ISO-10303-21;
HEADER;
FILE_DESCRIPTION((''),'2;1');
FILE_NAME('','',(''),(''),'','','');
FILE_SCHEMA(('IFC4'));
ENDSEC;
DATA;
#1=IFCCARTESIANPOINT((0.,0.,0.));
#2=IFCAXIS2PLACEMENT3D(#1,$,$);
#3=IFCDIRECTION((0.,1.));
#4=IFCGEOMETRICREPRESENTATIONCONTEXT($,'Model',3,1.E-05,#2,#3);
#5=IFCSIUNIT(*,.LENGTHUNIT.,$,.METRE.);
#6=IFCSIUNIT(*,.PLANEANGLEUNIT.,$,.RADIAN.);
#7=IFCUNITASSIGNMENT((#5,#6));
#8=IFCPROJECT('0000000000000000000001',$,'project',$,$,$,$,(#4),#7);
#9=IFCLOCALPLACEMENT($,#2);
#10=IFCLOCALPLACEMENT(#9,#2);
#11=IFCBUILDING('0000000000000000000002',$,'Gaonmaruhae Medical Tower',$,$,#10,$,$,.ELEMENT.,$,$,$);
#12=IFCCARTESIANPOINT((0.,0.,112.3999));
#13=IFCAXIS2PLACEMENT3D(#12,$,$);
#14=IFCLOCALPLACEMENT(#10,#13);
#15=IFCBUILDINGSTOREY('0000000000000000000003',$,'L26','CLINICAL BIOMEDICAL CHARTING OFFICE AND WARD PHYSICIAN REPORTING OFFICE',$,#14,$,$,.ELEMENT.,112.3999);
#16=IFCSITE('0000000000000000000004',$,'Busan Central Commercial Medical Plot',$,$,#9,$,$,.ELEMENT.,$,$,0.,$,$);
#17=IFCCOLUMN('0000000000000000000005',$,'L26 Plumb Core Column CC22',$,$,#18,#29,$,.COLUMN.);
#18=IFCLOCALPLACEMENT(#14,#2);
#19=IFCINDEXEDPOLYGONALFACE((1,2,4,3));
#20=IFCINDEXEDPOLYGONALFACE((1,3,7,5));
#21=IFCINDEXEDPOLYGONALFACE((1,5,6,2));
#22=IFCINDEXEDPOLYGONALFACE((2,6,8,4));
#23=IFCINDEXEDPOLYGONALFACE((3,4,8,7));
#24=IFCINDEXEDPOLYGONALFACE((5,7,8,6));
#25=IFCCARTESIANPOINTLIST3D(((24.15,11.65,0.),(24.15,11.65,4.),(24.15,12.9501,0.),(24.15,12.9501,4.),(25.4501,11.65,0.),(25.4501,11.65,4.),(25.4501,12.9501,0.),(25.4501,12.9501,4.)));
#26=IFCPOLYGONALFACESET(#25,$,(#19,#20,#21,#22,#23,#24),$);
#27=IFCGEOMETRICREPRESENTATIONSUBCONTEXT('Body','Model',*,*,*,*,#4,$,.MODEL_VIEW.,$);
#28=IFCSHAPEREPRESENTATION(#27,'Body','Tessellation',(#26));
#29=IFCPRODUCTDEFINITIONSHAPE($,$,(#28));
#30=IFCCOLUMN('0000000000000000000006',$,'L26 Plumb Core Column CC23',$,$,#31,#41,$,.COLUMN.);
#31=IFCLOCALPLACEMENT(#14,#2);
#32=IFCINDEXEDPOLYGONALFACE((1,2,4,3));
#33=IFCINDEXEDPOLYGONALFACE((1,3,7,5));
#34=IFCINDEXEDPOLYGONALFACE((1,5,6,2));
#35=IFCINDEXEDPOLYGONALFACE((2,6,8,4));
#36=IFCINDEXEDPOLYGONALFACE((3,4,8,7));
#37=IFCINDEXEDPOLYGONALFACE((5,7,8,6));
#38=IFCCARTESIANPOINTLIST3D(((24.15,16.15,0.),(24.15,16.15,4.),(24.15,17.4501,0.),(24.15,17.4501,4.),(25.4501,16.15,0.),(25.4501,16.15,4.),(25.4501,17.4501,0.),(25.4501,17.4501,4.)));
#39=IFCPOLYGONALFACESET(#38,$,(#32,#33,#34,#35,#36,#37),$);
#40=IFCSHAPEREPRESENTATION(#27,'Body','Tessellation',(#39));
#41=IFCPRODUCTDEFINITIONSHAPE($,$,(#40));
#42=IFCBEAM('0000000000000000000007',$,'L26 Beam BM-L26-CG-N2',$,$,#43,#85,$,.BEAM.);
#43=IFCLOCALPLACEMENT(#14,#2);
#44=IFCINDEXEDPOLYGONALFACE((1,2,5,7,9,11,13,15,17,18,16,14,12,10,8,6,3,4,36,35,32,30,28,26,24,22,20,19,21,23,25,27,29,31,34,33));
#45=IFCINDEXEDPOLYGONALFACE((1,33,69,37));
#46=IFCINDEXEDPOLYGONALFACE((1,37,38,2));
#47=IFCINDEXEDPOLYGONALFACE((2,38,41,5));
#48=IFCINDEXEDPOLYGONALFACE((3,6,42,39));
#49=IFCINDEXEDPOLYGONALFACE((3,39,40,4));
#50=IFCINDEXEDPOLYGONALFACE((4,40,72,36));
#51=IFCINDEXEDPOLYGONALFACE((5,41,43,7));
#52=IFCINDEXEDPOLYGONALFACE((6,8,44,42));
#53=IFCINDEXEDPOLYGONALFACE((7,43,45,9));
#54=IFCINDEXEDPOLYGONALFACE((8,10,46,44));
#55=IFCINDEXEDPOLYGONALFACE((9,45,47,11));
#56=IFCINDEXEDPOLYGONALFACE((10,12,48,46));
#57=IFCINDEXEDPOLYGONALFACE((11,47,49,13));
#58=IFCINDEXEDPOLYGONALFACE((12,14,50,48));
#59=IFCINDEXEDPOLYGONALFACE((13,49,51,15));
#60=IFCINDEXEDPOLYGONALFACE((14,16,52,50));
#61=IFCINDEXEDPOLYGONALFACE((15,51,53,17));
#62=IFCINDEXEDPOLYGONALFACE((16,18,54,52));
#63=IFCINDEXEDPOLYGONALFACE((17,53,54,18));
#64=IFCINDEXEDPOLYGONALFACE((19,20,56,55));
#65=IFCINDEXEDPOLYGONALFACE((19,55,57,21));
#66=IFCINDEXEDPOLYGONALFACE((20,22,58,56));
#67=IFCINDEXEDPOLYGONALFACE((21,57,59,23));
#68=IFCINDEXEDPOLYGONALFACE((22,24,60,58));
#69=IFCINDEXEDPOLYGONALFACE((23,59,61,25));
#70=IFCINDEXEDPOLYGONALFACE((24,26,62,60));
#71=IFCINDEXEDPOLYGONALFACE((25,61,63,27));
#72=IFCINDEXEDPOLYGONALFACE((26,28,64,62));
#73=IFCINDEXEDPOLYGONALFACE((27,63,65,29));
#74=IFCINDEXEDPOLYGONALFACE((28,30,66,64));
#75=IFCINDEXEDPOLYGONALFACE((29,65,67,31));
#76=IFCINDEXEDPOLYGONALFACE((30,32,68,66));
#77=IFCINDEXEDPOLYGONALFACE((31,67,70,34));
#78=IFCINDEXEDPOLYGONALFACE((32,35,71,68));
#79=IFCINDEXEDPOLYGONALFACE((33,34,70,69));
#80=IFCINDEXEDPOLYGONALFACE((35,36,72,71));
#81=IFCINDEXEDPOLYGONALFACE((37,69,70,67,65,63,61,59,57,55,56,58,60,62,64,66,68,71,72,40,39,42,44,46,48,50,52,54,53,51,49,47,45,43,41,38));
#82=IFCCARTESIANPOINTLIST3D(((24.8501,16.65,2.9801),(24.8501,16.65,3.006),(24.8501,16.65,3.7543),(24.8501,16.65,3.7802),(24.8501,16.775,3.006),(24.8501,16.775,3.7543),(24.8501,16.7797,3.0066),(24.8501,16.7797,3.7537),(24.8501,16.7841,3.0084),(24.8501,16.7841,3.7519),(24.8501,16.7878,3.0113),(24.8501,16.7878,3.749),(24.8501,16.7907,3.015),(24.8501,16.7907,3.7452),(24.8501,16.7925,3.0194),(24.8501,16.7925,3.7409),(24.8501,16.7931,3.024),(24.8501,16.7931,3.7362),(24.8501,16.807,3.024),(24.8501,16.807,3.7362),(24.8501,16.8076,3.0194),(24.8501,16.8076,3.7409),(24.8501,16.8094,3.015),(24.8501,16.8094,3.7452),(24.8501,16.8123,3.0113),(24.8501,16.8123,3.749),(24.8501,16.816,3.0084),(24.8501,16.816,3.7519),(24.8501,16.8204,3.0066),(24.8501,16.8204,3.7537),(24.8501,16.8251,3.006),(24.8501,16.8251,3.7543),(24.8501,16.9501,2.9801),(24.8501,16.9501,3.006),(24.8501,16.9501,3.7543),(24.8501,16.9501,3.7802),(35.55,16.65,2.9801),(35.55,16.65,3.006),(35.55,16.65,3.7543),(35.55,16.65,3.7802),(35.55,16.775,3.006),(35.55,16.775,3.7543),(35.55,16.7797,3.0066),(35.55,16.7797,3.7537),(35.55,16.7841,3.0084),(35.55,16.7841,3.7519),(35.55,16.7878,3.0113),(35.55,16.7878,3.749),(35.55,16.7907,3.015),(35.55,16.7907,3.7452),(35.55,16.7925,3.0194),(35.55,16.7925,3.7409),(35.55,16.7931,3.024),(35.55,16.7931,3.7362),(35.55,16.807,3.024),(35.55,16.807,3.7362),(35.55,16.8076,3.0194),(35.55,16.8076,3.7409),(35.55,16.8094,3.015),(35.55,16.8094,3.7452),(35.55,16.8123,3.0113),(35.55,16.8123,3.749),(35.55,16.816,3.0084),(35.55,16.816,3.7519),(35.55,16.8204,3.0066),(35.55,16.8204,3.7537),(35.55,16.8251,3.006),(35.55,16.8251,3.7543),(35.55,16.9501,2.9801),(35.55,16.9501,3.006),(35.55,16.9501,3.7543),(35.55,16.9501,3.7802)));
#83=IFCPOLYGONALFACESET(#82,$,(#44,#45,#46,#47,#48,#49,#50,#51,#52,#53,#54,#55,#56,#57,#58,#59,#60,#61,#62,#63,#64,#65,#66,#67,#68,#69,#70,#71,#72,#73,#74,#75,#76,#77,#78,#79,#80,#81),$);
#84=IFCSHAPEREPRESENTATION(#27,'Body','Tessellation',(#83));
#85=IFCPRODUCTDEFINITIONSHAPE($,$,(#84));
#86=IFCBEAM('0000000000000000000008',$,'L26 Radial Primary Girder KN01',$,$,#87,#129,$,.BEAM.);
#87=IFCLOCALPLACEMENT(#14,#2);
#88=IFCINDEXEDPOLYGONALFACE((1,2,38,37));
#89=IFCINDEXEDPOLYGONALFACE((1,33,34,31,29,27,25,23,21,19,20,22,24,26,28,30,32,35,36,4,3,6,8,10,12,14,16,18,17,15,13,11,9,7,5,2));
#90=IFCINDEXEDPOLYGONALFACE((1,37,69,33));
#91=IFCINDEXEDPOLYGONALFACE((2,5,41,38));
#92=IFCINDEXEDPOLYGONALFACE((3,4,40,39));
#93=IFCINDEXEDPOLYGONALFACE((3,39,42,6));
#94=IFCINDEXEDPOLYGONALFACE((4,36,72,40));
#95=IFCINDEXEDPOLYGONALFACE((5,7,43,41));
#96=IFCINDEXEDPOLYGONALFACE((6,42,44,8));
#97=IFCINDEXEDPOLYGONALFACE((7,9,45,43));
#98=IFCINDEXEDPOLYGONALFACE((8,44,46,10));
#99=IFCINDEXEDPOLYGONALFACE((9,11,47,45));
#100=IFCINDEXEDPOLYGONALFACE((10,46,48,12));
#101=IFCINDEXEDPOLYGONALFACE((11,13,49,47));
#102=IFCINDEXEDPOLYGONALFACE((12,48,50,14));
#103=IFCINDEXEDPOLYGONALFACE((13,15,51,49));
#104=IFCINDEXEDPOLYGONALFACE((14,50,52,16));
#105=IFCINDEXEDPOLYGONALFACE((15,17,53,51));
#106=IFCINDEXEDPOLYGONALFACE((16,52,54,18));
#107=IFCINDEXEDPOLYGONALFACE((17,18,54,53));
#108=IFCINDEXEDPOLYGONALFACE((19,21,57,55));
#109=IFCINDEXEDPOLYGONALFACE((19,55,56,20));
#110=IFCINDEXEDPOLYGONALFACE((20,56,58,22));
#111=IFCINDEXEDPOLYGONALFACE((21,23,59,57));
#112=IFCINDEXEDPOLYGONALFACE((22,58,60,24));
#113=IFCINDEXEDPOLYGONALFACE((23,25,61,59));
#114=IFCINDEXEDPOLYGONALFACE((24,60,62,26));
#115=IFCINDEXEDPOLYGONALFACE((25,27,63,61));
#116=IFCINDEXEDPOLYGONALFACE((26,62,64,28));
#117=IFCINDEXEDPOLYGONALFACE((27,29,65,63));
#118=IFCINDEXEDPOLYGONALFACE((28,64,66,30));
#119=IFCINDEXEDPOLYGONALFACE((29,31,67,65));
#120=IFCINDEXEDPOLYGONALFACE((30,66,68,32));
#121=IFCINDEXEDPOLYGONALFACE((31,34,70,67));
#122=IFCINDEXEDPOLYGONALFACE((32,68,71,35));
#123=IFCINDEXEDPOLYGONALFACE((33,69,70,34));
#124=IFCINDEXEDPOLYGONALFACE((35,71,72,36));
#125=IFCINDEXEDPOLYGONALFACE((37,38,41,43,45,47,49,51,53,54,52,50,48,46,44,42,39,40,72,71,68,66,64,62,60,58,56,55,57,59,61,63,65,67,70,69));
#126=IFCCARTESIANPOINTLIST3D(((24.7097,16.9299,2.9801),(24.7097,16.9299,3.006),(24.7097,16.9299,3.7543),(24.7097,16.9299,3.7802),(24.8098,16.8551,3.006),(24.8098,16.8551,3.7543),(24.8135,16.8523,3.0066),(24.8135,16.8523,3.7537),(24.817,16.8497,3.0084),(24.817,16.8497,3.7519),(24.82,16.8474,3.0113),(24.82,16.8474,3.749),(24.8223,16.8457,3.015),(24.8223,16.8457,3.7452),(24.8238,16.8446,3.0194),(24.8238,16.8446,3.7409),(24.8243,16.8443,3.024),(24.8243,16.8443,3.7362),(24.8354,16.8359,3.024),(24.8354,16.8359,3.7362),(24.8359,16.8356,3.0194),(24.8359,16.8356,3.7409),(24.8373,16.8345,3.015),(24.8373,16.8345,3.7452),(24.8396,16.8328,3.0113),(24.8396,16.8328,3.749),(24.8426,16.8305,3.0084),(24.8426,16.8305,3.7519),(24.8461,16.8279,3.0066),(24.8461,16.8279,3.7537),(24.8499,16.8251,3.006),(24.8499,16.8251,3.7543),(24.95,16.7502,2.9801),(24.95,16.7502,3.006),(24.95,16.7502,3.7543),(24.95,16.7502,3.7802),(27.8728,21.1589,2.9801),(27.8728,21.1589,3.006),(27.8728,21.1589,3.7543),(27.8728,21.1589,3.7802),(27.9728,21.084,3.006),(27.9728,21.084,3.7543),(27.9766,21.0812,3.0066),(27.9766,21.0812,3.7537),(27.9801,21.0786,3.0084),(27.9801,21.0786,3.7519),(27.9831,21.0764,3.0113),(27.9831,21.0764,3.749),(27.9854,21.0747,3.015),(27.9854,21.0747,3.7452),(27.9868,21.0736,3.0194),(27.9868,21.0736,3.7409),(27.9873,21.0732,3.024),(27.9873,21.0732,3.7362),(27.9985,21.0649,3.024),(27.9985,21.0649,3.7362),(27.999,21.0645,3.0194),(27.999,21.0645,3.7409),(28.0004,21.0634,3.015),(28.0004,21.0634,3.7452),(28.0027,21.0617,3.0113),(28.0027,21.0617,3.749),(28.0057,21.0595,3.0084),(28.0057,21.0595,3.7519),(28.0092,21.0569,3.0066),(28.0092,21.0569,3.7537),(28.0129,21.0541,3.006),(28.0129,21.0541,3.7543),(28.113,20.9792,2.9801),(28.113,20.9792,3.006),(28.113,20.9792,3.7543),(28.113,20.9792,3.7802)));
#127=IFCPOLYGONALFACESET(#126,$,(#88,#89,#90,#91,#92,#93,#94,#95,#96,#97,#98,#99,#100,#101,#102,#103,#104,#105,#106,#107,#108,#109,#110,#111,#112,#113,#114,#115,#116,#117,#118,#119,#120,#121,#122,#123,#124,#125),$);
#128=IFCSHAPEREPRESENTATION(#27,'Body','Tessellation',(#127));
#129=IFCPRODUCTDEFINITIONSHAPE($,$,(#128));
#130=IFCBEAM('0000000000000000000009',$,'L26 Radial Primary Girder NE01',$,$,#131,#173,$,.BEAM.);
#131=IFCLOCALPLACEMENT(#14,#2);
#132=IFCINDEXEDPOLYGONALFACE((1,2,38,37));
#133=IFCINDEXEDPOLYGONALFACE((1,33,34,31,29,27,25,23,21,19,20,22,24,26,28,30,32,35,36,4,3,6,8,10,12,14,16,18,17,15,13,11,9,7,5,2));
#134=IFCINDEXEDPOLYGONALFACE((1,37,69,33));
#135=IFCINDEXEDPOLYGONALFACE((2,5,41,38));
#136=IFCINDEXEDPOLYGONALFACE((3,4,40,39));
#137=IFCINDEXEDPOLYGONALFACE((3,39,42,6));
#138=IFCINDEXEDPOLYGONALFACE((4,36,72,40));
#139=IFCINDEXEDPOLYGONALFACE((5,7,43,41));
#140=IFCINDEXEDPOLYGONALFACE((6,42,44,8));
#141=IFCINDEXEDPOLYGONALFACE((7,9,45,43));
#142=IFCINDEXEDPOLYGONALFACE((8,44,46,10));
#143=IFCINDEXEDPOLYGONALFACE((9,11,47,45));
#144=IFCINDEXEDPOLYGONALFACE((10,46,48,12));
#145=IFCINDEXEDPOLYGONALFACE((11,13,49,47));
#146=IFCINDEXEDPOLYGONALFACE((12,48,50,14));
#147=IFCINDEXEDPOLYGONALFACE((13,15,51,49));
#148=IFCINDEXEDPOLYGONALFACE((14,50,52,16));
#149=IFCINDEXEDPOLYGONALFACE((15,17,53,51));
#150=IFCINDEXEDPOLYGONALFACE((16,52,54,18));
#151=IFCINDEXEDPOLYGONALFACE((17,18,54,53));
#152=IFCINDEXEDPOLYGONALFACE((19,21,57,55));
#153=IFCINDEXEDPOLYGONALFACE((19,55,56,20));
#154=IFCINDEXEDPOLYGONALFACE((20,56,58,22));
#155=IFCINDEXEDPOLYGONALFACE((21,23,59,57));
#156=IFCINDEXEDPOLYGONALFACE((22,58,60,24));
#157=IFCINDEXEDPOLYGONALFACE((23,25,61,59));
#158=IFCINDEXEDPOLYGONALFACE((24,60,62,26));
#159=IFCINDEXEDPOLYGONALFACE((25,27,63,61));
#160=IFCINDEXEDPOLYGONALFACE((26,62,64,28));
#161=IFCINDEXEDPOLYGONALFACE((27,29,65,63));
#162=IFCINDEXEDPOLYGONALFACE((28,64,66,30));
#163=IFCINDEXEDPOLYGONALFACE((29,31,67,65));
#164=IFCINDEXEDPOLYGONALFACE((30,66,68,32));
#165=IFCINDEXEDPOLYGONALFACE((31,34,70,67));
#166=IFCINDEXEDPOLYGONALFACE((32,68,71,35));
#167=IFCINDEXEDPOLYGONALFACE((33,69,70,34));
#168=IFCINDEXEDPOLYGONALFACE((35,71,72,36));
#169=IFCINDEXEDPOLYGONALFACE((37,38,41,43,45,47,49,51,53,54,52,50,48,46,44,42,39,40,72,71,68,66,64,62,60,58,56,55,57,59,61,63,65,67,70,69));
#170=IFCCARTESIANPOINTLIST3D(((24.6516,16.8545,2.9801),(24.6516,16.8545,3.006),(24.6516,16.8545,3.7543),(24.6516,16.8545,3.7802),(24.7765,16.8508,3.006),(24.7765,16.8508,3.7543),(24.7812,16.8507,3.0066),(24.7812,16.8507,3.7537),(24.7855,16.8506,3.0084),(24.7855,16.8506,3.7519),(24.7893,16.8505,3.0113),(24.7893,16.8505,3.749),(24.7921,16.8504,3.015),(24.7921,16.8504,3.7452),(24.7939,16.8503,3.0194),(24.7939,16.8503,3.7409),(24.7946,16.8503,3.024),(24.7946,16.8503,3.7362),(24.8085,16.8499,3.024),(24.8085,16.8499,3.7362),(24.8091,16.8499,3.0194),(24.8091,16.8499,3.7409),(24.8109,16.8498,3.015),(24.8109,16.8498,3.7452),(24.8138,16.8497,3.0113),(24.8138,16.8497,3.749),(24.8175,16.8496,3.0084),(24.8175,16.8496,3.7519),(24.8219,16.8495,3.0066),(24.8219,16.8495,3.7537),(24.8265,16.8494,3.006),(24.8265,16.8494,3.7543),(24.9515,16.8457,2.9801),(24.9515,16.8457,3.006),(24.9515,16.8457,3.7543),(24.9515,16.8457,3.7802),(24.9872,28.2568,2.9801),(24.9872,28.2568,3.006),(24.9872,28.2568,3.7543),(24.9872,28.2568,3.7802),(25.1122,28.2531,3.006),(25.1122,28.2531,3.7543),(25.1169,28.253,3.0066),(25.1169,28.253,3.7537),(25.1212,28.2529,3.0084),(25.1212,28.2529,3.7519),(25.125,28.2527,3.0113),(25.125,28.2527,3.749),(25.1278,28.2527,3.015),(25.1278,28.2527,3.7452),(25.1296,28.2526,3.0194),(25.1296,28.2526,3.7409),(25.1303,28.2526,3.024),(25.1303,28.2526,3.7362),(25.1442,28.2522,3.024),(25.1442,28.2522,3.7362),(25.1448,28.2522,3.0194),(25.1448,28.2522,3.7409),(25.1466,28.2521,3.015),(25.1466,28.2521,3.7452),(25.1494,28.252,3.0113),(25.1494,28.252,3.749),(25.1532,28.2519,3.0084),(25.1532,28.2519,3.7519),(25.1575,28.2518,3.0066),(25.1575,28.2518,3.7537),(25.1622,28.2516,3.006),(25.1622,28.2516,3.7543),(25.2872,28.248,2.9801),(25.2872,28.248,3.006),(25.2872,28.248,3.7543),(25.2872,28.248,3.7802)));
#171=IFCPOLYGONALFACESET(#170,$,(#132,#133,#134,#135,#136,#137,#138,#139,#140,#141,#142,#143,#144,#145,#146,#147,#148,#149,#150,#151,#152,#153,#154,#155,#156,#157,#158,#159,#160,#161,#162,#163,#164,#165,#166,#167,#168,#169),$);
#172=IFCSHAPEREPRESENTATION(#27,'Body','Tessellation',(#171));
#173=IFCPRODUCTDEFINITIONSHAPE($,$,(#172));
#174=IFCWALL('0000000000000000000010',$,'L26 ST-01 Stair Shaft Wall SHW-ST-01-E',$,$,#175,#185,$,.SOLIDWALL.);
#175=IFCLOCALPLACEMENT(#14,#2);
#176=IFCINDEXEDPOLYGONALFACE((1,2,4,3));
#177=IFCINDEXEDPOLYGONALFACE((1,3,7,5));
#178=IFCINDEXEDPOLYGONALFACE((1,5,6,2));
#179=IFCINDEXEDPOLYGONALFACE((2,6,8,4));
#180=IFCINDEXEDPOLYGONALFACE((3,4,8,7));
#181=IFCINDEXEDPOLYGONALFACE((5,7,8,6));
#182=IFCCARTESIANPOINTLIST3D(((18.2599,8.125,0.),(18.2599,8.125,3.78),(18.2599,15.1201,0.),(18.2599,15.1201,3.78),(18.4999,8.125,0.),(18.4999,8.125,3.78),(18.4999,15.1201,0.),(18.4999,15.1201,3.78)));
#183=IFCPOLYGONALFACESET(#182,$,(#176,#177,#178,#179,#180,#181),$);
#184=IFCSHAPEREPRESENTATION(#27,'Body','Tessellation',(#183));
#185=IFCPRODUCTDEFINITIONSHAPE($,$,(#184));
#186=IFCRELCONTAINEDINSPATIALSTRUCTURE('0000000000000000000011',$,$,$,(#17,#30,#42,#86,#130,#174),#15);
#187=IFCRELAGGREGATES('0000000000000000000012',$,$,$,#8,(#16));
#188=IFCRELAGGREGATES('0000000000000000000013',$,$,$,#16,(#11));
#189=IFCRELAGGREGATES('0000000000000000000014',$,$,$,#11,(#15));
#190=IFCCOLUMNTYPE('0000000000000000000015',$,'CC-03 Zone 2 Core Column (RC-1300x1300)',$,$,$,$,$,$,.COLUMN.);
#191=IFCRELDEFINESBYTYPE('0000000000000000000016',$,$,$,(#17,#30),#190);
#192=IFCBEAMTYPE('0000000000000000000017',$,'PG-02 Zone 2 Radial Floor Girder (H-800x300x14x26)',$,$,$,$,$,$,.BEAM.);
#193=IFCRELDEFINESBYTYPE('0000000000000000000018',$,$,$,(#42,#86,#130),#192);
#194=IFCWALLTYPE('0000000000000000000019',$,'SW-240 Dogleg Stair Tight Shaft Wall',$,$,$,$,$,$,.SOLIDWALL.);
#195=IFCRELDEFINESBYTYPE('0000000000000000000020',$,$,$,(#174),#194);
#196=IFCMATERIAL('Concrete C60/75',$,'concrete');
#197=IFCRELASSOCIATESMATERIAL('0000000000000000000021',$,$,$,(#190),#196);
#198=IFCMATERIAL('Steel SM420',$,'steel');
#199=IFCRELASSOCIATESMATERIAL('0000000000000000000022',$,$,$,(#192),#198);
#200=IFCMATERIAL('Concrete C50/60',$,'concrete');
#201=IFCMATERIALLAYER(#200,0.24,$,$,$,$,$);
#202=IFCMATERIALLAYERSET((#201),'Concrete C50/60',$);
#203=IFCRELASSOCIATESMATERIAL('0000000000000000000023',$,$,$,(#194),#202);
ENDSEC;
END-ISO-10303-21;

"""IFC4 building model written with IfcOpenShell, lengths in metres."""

from ifc_helpers import new_model, si_unit, direction, frame, frame_2d, origin, origin_2d, place, context, subcontext, project, spatial, rectangle, i_section, extrude, material, layer, layer_set, material_profile, profile_set, type_object, element, save


model = new_model("IFC4")

# Units and contexts
model_context = context("Model", 3, precision=1e-05, world=origin(), true_north=direction((0.0, 1.0)))
body_context = subcontext(model_context, "Body", "Model", "MODEL_VIEW")
ifc_project = project(units=[si_unit("LENGTHUNIT", "METRE"), si_unit("PLANEANGLEUNIT", "RADIAN")], contexts=[model_context])

# Site, building, storey
site_placement = place(None, origin())
site = spatial("IfcSite", under=ifc_project, at=site_placement, Name="Busan Central Commercial Medical Plot", CompositionType="ELEMENT", RefElevation=0.0)
building_placement = place(site_placement, origin())
building = spatial("IfcBuilding", under=site, at=building_placement, Name="Gaonmaruhae Medical Tower", CompositionType="ELEMENT")
storey_placement = place(building_placement, frame((0.0, 0.0, 112.3999)))
storey = spatial("IfcBuildingStorey", under=building, at=storey_placement, Name="L26", Description="CLINICAL BIOMEDICAL CHARTING OFFICE AND WARD PHYSICIAN REPORTING OFFICE", CompositionType="ELEMENT", Elevation=112.3999)

# Columns
ifc_material_1 = material(Name="Concrete C60/75", Category="concrete")
ifc_material_profile_1 = material_profile(ifc_material_1, rectangle(XDim=1.3, YDim=1.3, at=origin_2d()), Name="RC-1300x1300")
ifc_profile_set_1 = profile_set([ifc_material_profile_1], Name="Concrete C60/75")
column_type = type_object("IfcColumnType", Name="CC-03 Zone 2 Core Column (RC-1300x1300)", PredefinedType="COLUMN", material=ifc_profile_set_1)
for number, where, z_axis, x_axis, name in (
    (1, (24.8, 12.3, 0.0), (0.0, 0.0, 1.0), (1.0, 0.0, 0.0), "L26 Plumb Core Column CC22"),
    (2, (24.8, 16.8, 0.0), (0.0, 0.0, 1.0), (1.0, 0.0, 0.0), "L26 Plumb Core Column CC23"),
):
    element("IfcColumn", number, at=place(storey_placement, frame(where, z_axis=z_axis, x_axis=x_axis)), inside=storey, type_object=column_type, Name=name, PredefinedType="COLUMN", context=body_context, shape_type="SweptSolid", body=[
        extrude(rectangle(XDim=1.3, YDim=1.3, at=origin_2d()), origin(), (0.0, 0.0, 1.0), 4.0),
    ])

# Beams
ifc_material_2 = material(Name="Steel SM420", Category="steel")
ifc_material_profile_2 = material_profile(ifc_material_2, i_section(OverallWidth=0.3, OverallDepth=0.8, WebThickness=0.0139, FlangeThickness=0.0259, FilletRadius=0.0181, at=origin_2d()), Name="H-800x300x14x26")
ifc_profile_set_2 = profile_set([ifc_material_profile_2], Name="Steel SM420")
beam_type = type_object("IfcBeamType", Name="PG-02 Zone 2 Radial Floor Girder (H-800x300x14x26)", PredefinedType="BEAM", material=ifc_profile_set_2)
beam_1_placement = place(storey_placement, frame((24.8501, 16.8, 3.3801), z_axis=(1.0, 0.0, 0.0), x_axis=(0.0, 1.0, 0.0)))
element("IfcBeam", 3, at=beam_1_placement, inside=storey, type_object=beam_type, Name="L26 Beam BM-L26-CG-N2", PredefinedType="BEAM", context=body_context, shape_type="SweptSolid", body=[
    extrude(i_section(OverallWidth=0.3, OverallDepth=0.8, WebThickness=0.0139, FlangeThickness=0.0259, FilletRadius=0.0181, at=origin_2d()), origin(), (0.0, 0.0, 1.0), 10.7),
])
beam_2_placement = place(storey_placement, frame((24.8298, 16.8401, 3.3801), z_axis=(0.598949, 0.800787, 0.0), x_axis=(-0.800787, 0.598949, 0.0)))
element("IfcBeam", 4, at=beam_2_placement, inside=storey, type_object=beam_type, Name="L26 Radial Primary Girder KN01", PredefinedType="BEAM", context=body_context, shape_type="SweptSolid", body=[
    extrude(i_section(OverallWidth=0.3, OverallDepth=0.8, WebThickness=0.0139, FlangeThickness=0.0259, FilletRadius=0.0181, at=origin_2d()), origin(), (0.0, 0.0, 1.0), 5.281),
])
beam_3_placement = place(storey_placement, frame((24.8015, 16.8501, 3.3801), z_axis=(0.029428, 0.999567, 0.0), x_axis=(-0.999567, 0.029428, 0.0)))
element("IfcBeam", 5, at=beam_3_placement, inside=storey, type_object=beam_type, Name="L26 Radial Primary Girder NE01", PredefinedType="BEAM", context=body_context, shape_type="SweptSolid", body=[
    extrude(i_section(OverallWidth=0.3, OverallDepth=0.8, WebThickness=0.0139, FlangeThickness=0.0259, FilletRadius=0.0181, at=origin_2d()), origin(), (0.0, 0.0, 1.0), 11.4072),
])

# Shared definitions
ifc_material_3 = material(Name="Concrete C50/60", Category="concrete")
ifc_layer_1 = layer(ifc_material_3, 0.24)
ifc_layer_set_1 = layer_set([ifc_layer_1], Name="Concrete C50/60")
wall_type_1 = type_object("IfcWallType", Name="SW-240 Dogleg Stair Tight Shaft Wall", PredefinedType="SOLIDWALL", material=ifc_layer_set_1)

# Wall
wall_1_placement = place(storey_placement, frame((18.3799, 15.1201, 0.0), z_axis=(0.0, 0.0, 1.0), x_axis=(0.0, -1.0, 0.0)))
element("IfcWall", 6, at=wall_1_placement, inside=storey, type_object=wall_type_1, Name="L26 ST-01 Stair Shaft Wall SHW-ST-01-E", PredefinedType="SOLIDWALL", context=body_context, shape_type="SweptSolid", body=[
    extrude(rectangle(XDim=6.9951, YDim=0.24, at=frame_2d((3.4976, 0.0))), origin(), (0.0, 0.0, 1.0), 3.78),
])

save(model, "model.ifc")
